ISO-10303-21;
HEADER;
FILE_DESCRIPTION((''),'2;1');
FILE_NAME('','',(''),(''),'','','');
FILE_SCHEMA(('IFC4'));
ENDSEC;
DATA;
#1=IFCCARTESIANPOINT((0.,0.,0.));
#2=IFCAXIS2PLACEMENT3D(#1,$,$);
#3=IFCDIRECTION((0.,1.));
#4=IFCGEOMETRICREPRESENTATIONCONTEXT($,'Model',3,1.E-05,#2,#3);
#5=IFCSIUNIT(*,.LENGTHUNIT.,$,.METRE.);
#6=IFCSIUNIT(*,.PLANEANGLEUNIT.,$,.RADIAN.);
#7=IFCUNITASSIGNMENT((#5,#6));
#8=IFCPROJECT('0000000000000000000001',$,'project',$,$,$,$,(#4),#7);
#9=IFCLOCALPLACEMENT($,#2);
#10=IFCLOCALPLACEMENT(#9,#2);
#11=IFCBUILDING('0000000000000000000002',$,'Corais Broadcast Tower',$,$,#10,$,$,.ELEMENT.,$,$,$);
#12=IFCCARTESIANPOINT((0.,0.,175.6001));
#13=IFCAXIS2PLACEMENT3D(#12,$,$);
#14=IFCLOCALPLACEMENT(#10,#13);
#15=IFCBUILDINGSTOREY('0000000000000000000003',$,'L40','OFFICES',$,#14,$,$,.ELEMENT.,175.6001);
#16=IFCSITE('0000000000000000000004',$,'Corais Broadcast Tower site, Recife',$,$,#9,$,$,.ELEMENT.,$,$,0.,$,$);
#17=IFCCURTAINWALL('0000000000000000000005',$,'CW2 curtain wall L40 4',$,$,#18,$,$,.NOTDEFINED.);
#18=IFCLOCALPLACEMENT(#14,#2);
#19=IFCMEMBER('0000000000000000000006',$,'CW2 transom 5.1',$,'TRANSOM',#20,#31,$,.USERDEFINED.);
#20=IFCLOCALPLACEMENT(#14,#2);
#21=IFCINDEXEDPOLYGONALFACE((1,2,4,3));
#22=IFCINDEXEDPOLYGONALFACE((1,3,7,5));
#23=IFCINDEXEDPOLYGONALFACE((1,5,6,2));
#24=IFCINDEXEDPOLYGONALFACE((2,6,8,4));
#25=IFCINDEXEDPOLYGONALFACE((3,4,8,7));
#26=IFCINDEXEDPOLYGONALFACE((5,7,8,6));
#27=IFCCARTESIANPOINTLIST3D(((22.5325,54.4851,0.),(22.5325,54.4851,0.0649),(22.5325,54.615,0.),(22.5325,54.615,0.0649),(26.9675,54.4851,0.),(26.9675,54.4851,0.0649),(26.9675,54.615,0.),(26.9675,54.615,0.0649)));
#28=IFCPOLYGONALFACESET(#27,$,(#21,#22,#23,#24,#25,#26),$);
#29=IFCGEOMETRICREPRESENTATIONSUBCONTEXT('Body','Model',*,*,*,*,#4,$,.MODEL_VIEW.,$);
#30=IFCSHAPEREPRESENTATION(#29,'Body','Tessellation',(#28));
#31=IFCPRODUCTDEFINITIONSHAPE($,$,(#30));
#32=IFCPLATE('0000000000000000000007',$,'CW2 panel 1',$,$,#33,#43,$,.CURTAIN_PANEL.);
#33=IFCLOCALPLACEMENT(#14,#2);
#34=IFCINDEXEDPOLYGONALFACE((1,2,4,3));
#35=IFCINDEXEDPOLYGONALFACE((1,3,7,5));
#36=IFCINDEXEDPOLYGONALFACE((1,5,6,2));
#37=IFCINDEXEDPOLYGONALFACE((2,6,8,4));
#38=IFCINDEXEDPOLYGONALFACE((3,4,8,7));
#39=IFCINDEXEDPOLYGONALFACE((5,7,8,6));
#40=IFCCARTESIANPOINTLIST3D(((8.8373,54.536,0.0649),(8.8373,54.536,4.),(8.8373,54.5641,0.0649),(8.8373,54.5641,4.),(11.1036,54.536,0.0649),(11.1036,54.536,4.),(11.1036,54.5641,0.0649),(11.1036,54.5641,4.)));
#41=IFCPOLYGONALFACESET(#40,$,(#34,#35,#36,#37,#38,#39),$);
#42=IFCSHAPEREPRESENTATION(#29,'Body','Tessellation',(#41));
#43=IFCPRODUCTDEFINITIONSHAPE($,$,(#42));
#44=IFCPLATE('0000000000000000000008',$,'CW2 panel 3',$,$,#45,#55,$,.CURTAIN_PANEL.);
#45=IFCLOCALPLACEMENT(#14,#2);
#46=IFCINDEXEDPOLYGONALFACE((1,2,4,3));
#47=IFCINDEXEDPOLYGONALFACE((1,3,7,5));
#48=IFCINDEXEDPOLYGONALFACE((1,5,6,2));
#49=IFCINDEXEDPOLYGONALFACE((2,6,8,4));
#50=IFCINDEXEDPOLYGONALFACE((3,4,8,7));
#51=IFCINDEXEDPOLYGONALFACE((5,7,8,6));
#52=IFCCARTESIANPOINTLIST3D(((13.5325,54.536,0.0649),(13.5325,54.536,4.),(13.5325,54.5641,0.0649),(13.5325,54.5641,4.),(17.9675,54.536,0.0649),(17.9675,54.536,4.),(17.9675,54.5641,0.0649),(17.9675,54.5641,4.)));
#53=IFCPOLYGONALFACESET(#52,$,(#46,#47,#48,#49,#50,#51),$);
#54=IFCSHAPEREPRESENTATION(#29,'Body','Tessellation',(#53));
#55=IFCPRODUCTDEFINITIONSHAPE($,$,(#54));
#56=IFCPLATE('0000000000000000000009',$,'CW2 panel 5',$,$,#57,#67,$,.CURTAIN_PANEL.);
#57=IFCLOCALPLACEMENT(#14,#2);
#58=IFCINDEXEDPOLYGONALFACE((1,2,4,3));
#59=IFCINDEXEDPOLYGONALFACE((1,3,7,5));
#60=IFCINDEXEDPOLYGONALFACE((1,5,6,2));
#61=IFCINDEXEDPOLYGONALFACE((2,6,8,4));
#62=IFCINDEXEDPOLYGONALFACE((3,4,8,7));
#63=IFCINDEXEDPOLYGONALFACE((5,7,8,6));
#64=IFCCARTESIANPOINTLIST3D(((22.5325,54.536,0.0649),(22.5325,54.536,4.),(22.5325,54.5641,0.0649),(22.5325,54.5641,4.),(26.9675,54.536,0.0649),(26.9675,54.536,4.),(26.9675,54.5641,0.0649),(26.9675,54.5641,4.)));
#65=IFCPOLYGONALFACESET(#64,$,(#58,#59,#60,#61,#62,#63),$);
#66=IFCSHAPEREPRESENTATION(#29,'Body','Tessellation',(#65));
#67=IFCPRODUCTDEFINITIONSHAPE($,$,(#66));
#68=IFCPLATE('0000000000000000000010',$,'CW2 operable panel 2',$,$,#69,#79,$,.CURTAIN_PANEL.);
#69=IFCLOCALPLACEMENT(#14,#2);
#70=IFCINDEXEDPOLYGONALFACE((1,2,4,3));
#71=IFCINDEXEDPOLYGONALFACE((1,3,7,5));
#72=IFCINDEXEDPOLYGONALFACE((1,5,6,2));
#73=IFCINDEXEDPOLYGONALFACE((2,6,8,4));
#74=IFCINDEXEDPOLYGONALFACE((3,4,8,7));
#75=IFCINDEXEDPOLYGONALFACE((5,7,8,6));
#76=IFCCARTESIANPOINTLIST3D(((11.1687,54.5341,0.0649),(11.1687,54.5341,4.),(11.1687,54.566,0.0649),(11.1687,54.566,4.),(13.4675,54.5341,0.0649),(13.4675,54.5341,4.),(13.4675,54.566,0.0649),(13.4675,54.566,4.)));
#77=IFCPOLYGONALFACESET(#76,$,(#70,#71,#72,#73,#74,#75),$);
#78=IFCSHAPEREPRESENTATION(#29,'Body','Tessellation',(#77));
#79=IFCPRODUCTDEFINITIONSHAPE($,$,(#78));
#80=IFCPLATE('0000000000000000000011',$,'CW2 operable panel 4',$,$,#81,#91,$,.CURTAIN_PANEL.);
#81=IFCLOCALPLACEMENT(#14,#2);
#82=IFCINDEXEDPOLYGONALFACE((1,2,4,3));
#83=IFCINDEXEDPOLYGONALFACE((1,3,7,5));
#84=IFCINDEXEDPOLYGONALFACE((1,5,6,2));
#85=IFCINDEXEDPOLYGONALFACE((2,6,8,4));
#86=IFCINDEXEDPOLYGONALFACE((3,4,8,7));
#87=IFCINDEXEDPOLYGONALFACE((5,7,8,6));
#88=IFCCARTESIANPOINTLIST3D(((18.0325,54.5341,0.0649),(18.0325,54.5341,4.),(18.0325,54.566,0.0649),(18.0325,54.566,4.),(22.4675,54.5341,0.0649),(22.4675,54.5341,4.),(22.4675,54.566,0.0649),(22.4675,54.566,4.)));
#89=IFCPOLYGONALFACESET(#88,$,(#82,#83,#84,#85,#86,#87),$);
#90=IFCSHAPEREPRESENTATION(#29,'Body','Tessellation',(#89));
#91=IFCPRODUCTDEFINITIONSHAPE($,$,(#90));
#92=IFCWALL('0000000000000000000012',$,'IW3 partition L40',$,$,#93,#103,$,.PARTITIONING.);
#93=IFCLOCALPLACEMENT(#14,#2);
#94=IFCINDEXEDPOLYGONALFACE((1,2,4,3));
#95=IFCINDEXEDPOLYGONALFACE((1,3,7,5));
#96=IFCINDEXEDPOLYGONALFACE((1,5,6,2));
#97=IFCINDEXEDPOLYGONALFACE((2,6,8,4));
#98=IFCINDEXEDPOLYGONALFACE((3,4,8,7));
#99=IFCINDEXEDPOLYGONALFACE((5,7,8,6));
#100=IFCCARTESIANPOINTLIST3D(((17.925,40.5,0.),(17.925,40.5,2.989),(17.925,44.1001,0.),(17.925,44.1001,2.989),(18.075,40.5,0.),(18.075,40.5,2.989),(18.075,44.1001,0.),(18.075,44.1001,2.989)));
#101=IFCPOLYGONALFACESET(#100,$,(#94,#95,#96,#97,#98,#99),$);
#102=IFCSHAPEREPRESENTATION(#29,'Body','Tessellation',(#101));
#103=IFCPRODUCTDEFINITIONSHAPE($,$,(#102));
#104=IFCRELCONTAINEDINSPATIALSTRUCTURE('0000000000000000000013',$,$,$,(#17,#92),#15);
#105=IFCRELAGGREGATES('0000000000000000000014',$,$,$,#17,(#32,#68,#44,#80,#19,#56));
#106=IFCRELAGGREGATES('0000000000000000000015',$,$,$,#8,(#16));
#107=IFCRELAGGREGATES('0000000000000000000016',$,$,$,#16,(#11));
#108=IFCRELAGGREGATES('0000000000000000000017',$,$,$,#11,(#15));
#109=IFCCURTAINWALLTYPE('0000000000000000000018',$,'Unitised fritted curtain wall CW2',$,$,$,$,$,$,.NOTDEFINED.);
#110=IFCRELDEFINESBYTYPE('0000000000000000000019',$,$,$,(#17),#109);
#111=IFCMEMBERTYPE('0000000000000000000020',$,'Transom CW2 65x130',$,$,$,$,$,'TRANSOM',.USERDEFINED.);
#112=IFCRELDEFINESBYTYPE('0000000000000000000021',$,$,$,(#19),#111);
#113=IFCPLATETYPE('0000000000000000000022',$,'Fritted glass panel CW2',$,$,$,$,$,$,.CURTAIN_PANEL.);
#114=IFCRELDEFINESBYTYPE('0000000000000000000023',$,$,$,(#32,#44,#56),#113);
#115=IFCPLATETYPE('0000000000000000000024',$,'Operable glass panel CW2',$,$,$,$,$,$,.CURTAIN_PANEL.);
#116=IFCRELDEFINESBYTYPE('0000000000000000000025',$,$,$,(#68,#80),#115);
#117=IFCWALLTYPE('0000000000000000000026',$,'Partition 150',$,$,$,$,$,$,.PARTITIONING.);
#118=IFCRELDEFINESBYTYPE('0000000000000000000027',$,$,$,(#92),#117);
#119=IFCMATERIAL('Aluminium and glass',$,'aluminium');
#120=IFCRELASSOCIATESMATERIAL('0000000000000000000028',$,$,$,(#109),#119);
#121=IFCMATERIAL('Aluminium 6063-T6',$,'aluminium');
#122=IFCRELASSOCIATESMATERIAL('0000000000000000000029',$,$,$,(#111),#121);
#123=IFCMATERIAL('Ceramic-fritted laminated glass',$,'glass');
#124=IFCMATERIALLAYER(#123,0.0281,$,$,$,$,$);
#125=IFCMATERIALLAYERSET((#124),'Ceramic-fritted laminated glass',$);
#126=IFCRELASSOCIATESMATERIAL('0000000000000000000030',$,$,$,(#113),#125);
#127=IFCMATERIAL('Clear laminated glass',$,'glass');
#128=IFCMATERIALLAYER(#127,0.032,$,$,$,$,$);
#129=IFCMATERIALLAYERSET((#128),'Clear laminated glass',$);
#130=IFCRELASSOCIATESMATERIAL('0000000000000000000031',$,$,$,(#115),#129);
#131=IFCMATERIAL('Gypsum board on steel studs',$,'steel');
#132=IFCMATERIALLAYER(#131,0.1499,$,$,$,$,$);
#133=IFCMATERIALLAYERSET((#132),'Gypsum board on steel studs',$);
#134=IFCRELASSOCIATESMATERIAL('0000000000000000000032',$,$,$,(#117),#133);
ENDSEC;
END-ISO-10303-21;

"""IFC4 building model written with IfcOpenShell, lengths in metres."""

from ifc_helpers import new_model, si_unit, direction, frame, frame_2d, origin, origin_2d, place, context, subcontext, project, spatial, rectangle, extrude, material, layer, layer_set, material_profile, profile_set, type_object, element, aggregate, save


model = new_model("IFC4")

# Units and contexts
model_context = context("Model", 3, precision=1e-05, world=origin(), true_north=direction((0.0, 1.0)))
body_context = subcontext(model_context, "Body", "Model", "MODEL_VIEW")
ifc_project = project(units=[si_unit("LENGTHUNIT", "METRE"), si_unit("PLANEANGLEUNIT", "RADIAN")], contexts=[model_context])

# Site, building, storey
site_placement = place(None, origin())
site = spatial("IfcSite", under=ifc_project, at=site_placement, Name="Corais Broadcast Tower site, Recife", CompositionType="ELEMENT", RefElevation=0.0)
building_placement = place(site_placement, origin())
building = spatial("IfcBuilding", under=site, at=building_placement, Name="Corais Broadcast Tower", CompositionType="ELEMENT")
storey_placement = place(building_placement, frame((0.0, 0.0, 175.6001)))
storey = spatial("IfcBuildingStorey", under=building, at=storey_placement, Name="L40", Description="OFFICES", CompositionType="ELEMENT", Elevation=175.6001)

# Curtain wall
ifc_material_1 = material(Name="Aluminium and glass", Category="aluminium")
curtain_wall_type = type_object("IfcCurtainWallType", Name="Unitised fritted curtain wall CW2", PredefinedType="NOTDEFINED", material=ifc_material_1)
curtain_wall_placement = place(storey_placement, origin())
curtain_wall = element("IfcCurtainWall", 1, at=curtain_wall_placement, inside=storey, type_object=curtain_wall_type, Name="CW2 curtain wall L40 4", PredefinedType="NOTDEFINED")

# Member
ifc_material_2 = material(Name="Aluminium 6063-T6", Category="aluminium")
ifc_material_profile_1 = material_profile(ifc_material_2, rectangle(XDim=0.1299, YDim=0.0649, at=origin_2d()), Name="Transom CW2 65x130")
ifc_profile_set_1 = profile_set([ifc_material_profile_1], Name="Aluminium 6063-T6")
member_type_1 = type_object("IfcMemberType", Name="Transom CW2 65x130", ElementType="TRANSOM", PredefinedType="USERDEFINED", material=ifc_profile_set_1)
member_1_placement = place(storey_placement, frame((22.5325, 54.55, 0.0325), z_axis=(1.0, 0.0, 0.0), x_axis=(0.0, 1.0, 0.0)))
member_1 = element("IfcMember", 2, at=member_1_placement, type_object=member_type_1, Name="CW2 transom 5.1", ObjectType="TRANSOM", PredefinedType="USERDEFINED", context=body_context, shape_type="SweptSolid", body=[
    extrude(rectangle(XDim=0.1299, YDim=0.0649, at=origin_2d()), origin(), (0.0, 0.0, 1.0), 4.4351),
])

# Plates
ifc_material_3 = material(Name="Ceramic-fritted laminated glass", Category="glass")
ifc_layer_1 = layer(ifc_material_3, 0.0281)
ifc_layer_set_1 = layer_set([ifc_layer_1], Name="Ceramic-fritted laminated glass")
plate_type_1 = type_object("IfcPlateType", Name="Fritted glass panel CW2", PredefinedType="CURTAIN_PANEL", material=ifc_layer_set_1)
plate_1_placement = place(storey_placement, frame((9.9705, 54.55, 0.0649), z_axis=(0.0, 0.0, 1.0), x_axis=(1.0, 0.0, 0.0)))
plate_1 = element("IfcPlate", 3, at=plate_1_placement, type_object=plate_type_1, Name="CW2 panel 1", PredefinedType="CURTAIN_PANEL", context=body_context, shape_type="SweptSolid", body=[
    extrude(rectangle(XDim=2.2664, YDim=0.0281, at=origin_2d()), origin(), (0.0, 0.0, 1.0), 3.9351),
])
plate_2_placement = place(storey_placement, frame((15.75, 54.55, 0.0649), z_axis=(0.0, 0.0, 1.0), x_axis=(1.0, 0.0, 0.0)))
plate_2 = element("IfcPlate", 4, at=plate_2_placement, type_object=plate_type_1, Name="CW2 panel 3", PredefinedType="CURTAIN_PANEL", context=body_context, shape_type="SweptSolid", body=[
    extrude(rectangle(XDim=4.4351, YDim=0.0281, at=origin_2d()), origin(), (0.0, 0.0, 1.0), 3.9351),
])
plate_3_placement = place(storey_placement, frame((24.75, 54.55, 0.0649), z_axis=(0.0, 0.0, 1.0), x_axis=(1.0, 0.0, 0.0)))
plate_3 = element("IfcPlate", 5, at=plate_3_placement, type_object=plate_type_1, Name="CW2 panel 5", PredefinedType="CURTAIN_PANEL", context=body_context, shape_type="SweptSolid", body=[
    extrude(rectangle(XDim=4.4351, YDim=0.0281, at=origin_2d()), origin(), (0.0, 0.0, 1.0), 3.9351),
])
ifc_material_4 = material(Name="Clear laminated glass", Category="glass")
ifc_layer_2 = layer(ifc_material_4, 0.032)
ifc_layer_set_2 = layer_set([ifc_layer_2], Name="Clear laminated glass")
plate_type_2 = type_object("IfcPlateType", Name="Operable glass panel CW2", PredefinedType="CURTAIN_PANEL", material=ifc_layer_set_2)
plate_4_placement = place(storey_placement, frame((12.3181, 54.55, 0.0649), z_axis=(0.0, 0.0, 1.0), x_axis=(1.0, 0.0, 0.0)))
plate_4 = element("IfcPlate", 6, at=plate_4_placement, type_object=plate_type_2, Name="CW2 operable panel 2", PredefinedType="CURTAIN_PANEL", context=body_context, shape_type="SweptSolid", body=[
    extrude(rectangle(XDim=2.2988, YDim=0.032, at=origin_2d()), origin(), (0.0, 0.0, 1.0), 3.9351),
])
plate_5_placement = place(storey_placement, frame((20.25, 54.55, 0.0649), z_axis=(0.0, 0.0, 1.0), x_axis=(1.0, 0.0, 0.0)))
plate_5 = element("IfcPlate", 7, at=plate_5_placement, type_object=plate_type_2, Name="CW2 operable panel 4", PredefinedType="CURTAIN_PANEL", context=body_context, shape_type="SweptSolid", body=[
    extrude(rectangle(XDim=4.4351, YDim=0.032, at=origin_2d()), origin(), (0.0, 0.0, 1.0), 3.9351),
])
aggregate(curtain_wall, [plate_1, plate_4, plate_2, plate_5, member_1, plate_3])

# Wall
ifc_material_5 = material(Name="Gypsum board on steel studs", Category="steel")
ifc_layer_3 = layer(ifc_material_5, 0.1499)
ifc_layer_set_3 = layer_set([ifc_layer_3], Name="Gypsum board on steel studs")
wall_type = type_object("IfcWallType", Name="Partition 150", PredefinedType="PARTITIONING", material=ifc_layer_set_3)
wall_placement = place(storey_placement, frame((18.0, 44.1001, 0.0), z_axis=(0.0, 0.0, 1.0), x_axis=(0.0, -1.0, 0.0)))
element("IfcWall", 8, at=wall_placement, inside=storey, type_object=wall_type, Name="IW3 partition L40", PredefinedType="PARTITIONING", context=body_context, shape_type="SweptSolid", body=[
    extrude(rectangle(XDim=3.6001, YDim=0.1499, at=frame_2d((1.8, 0.0))), origin(), (0.0, 0.0, 1.0), 2.989),
])

save(model, "model.ifc")
